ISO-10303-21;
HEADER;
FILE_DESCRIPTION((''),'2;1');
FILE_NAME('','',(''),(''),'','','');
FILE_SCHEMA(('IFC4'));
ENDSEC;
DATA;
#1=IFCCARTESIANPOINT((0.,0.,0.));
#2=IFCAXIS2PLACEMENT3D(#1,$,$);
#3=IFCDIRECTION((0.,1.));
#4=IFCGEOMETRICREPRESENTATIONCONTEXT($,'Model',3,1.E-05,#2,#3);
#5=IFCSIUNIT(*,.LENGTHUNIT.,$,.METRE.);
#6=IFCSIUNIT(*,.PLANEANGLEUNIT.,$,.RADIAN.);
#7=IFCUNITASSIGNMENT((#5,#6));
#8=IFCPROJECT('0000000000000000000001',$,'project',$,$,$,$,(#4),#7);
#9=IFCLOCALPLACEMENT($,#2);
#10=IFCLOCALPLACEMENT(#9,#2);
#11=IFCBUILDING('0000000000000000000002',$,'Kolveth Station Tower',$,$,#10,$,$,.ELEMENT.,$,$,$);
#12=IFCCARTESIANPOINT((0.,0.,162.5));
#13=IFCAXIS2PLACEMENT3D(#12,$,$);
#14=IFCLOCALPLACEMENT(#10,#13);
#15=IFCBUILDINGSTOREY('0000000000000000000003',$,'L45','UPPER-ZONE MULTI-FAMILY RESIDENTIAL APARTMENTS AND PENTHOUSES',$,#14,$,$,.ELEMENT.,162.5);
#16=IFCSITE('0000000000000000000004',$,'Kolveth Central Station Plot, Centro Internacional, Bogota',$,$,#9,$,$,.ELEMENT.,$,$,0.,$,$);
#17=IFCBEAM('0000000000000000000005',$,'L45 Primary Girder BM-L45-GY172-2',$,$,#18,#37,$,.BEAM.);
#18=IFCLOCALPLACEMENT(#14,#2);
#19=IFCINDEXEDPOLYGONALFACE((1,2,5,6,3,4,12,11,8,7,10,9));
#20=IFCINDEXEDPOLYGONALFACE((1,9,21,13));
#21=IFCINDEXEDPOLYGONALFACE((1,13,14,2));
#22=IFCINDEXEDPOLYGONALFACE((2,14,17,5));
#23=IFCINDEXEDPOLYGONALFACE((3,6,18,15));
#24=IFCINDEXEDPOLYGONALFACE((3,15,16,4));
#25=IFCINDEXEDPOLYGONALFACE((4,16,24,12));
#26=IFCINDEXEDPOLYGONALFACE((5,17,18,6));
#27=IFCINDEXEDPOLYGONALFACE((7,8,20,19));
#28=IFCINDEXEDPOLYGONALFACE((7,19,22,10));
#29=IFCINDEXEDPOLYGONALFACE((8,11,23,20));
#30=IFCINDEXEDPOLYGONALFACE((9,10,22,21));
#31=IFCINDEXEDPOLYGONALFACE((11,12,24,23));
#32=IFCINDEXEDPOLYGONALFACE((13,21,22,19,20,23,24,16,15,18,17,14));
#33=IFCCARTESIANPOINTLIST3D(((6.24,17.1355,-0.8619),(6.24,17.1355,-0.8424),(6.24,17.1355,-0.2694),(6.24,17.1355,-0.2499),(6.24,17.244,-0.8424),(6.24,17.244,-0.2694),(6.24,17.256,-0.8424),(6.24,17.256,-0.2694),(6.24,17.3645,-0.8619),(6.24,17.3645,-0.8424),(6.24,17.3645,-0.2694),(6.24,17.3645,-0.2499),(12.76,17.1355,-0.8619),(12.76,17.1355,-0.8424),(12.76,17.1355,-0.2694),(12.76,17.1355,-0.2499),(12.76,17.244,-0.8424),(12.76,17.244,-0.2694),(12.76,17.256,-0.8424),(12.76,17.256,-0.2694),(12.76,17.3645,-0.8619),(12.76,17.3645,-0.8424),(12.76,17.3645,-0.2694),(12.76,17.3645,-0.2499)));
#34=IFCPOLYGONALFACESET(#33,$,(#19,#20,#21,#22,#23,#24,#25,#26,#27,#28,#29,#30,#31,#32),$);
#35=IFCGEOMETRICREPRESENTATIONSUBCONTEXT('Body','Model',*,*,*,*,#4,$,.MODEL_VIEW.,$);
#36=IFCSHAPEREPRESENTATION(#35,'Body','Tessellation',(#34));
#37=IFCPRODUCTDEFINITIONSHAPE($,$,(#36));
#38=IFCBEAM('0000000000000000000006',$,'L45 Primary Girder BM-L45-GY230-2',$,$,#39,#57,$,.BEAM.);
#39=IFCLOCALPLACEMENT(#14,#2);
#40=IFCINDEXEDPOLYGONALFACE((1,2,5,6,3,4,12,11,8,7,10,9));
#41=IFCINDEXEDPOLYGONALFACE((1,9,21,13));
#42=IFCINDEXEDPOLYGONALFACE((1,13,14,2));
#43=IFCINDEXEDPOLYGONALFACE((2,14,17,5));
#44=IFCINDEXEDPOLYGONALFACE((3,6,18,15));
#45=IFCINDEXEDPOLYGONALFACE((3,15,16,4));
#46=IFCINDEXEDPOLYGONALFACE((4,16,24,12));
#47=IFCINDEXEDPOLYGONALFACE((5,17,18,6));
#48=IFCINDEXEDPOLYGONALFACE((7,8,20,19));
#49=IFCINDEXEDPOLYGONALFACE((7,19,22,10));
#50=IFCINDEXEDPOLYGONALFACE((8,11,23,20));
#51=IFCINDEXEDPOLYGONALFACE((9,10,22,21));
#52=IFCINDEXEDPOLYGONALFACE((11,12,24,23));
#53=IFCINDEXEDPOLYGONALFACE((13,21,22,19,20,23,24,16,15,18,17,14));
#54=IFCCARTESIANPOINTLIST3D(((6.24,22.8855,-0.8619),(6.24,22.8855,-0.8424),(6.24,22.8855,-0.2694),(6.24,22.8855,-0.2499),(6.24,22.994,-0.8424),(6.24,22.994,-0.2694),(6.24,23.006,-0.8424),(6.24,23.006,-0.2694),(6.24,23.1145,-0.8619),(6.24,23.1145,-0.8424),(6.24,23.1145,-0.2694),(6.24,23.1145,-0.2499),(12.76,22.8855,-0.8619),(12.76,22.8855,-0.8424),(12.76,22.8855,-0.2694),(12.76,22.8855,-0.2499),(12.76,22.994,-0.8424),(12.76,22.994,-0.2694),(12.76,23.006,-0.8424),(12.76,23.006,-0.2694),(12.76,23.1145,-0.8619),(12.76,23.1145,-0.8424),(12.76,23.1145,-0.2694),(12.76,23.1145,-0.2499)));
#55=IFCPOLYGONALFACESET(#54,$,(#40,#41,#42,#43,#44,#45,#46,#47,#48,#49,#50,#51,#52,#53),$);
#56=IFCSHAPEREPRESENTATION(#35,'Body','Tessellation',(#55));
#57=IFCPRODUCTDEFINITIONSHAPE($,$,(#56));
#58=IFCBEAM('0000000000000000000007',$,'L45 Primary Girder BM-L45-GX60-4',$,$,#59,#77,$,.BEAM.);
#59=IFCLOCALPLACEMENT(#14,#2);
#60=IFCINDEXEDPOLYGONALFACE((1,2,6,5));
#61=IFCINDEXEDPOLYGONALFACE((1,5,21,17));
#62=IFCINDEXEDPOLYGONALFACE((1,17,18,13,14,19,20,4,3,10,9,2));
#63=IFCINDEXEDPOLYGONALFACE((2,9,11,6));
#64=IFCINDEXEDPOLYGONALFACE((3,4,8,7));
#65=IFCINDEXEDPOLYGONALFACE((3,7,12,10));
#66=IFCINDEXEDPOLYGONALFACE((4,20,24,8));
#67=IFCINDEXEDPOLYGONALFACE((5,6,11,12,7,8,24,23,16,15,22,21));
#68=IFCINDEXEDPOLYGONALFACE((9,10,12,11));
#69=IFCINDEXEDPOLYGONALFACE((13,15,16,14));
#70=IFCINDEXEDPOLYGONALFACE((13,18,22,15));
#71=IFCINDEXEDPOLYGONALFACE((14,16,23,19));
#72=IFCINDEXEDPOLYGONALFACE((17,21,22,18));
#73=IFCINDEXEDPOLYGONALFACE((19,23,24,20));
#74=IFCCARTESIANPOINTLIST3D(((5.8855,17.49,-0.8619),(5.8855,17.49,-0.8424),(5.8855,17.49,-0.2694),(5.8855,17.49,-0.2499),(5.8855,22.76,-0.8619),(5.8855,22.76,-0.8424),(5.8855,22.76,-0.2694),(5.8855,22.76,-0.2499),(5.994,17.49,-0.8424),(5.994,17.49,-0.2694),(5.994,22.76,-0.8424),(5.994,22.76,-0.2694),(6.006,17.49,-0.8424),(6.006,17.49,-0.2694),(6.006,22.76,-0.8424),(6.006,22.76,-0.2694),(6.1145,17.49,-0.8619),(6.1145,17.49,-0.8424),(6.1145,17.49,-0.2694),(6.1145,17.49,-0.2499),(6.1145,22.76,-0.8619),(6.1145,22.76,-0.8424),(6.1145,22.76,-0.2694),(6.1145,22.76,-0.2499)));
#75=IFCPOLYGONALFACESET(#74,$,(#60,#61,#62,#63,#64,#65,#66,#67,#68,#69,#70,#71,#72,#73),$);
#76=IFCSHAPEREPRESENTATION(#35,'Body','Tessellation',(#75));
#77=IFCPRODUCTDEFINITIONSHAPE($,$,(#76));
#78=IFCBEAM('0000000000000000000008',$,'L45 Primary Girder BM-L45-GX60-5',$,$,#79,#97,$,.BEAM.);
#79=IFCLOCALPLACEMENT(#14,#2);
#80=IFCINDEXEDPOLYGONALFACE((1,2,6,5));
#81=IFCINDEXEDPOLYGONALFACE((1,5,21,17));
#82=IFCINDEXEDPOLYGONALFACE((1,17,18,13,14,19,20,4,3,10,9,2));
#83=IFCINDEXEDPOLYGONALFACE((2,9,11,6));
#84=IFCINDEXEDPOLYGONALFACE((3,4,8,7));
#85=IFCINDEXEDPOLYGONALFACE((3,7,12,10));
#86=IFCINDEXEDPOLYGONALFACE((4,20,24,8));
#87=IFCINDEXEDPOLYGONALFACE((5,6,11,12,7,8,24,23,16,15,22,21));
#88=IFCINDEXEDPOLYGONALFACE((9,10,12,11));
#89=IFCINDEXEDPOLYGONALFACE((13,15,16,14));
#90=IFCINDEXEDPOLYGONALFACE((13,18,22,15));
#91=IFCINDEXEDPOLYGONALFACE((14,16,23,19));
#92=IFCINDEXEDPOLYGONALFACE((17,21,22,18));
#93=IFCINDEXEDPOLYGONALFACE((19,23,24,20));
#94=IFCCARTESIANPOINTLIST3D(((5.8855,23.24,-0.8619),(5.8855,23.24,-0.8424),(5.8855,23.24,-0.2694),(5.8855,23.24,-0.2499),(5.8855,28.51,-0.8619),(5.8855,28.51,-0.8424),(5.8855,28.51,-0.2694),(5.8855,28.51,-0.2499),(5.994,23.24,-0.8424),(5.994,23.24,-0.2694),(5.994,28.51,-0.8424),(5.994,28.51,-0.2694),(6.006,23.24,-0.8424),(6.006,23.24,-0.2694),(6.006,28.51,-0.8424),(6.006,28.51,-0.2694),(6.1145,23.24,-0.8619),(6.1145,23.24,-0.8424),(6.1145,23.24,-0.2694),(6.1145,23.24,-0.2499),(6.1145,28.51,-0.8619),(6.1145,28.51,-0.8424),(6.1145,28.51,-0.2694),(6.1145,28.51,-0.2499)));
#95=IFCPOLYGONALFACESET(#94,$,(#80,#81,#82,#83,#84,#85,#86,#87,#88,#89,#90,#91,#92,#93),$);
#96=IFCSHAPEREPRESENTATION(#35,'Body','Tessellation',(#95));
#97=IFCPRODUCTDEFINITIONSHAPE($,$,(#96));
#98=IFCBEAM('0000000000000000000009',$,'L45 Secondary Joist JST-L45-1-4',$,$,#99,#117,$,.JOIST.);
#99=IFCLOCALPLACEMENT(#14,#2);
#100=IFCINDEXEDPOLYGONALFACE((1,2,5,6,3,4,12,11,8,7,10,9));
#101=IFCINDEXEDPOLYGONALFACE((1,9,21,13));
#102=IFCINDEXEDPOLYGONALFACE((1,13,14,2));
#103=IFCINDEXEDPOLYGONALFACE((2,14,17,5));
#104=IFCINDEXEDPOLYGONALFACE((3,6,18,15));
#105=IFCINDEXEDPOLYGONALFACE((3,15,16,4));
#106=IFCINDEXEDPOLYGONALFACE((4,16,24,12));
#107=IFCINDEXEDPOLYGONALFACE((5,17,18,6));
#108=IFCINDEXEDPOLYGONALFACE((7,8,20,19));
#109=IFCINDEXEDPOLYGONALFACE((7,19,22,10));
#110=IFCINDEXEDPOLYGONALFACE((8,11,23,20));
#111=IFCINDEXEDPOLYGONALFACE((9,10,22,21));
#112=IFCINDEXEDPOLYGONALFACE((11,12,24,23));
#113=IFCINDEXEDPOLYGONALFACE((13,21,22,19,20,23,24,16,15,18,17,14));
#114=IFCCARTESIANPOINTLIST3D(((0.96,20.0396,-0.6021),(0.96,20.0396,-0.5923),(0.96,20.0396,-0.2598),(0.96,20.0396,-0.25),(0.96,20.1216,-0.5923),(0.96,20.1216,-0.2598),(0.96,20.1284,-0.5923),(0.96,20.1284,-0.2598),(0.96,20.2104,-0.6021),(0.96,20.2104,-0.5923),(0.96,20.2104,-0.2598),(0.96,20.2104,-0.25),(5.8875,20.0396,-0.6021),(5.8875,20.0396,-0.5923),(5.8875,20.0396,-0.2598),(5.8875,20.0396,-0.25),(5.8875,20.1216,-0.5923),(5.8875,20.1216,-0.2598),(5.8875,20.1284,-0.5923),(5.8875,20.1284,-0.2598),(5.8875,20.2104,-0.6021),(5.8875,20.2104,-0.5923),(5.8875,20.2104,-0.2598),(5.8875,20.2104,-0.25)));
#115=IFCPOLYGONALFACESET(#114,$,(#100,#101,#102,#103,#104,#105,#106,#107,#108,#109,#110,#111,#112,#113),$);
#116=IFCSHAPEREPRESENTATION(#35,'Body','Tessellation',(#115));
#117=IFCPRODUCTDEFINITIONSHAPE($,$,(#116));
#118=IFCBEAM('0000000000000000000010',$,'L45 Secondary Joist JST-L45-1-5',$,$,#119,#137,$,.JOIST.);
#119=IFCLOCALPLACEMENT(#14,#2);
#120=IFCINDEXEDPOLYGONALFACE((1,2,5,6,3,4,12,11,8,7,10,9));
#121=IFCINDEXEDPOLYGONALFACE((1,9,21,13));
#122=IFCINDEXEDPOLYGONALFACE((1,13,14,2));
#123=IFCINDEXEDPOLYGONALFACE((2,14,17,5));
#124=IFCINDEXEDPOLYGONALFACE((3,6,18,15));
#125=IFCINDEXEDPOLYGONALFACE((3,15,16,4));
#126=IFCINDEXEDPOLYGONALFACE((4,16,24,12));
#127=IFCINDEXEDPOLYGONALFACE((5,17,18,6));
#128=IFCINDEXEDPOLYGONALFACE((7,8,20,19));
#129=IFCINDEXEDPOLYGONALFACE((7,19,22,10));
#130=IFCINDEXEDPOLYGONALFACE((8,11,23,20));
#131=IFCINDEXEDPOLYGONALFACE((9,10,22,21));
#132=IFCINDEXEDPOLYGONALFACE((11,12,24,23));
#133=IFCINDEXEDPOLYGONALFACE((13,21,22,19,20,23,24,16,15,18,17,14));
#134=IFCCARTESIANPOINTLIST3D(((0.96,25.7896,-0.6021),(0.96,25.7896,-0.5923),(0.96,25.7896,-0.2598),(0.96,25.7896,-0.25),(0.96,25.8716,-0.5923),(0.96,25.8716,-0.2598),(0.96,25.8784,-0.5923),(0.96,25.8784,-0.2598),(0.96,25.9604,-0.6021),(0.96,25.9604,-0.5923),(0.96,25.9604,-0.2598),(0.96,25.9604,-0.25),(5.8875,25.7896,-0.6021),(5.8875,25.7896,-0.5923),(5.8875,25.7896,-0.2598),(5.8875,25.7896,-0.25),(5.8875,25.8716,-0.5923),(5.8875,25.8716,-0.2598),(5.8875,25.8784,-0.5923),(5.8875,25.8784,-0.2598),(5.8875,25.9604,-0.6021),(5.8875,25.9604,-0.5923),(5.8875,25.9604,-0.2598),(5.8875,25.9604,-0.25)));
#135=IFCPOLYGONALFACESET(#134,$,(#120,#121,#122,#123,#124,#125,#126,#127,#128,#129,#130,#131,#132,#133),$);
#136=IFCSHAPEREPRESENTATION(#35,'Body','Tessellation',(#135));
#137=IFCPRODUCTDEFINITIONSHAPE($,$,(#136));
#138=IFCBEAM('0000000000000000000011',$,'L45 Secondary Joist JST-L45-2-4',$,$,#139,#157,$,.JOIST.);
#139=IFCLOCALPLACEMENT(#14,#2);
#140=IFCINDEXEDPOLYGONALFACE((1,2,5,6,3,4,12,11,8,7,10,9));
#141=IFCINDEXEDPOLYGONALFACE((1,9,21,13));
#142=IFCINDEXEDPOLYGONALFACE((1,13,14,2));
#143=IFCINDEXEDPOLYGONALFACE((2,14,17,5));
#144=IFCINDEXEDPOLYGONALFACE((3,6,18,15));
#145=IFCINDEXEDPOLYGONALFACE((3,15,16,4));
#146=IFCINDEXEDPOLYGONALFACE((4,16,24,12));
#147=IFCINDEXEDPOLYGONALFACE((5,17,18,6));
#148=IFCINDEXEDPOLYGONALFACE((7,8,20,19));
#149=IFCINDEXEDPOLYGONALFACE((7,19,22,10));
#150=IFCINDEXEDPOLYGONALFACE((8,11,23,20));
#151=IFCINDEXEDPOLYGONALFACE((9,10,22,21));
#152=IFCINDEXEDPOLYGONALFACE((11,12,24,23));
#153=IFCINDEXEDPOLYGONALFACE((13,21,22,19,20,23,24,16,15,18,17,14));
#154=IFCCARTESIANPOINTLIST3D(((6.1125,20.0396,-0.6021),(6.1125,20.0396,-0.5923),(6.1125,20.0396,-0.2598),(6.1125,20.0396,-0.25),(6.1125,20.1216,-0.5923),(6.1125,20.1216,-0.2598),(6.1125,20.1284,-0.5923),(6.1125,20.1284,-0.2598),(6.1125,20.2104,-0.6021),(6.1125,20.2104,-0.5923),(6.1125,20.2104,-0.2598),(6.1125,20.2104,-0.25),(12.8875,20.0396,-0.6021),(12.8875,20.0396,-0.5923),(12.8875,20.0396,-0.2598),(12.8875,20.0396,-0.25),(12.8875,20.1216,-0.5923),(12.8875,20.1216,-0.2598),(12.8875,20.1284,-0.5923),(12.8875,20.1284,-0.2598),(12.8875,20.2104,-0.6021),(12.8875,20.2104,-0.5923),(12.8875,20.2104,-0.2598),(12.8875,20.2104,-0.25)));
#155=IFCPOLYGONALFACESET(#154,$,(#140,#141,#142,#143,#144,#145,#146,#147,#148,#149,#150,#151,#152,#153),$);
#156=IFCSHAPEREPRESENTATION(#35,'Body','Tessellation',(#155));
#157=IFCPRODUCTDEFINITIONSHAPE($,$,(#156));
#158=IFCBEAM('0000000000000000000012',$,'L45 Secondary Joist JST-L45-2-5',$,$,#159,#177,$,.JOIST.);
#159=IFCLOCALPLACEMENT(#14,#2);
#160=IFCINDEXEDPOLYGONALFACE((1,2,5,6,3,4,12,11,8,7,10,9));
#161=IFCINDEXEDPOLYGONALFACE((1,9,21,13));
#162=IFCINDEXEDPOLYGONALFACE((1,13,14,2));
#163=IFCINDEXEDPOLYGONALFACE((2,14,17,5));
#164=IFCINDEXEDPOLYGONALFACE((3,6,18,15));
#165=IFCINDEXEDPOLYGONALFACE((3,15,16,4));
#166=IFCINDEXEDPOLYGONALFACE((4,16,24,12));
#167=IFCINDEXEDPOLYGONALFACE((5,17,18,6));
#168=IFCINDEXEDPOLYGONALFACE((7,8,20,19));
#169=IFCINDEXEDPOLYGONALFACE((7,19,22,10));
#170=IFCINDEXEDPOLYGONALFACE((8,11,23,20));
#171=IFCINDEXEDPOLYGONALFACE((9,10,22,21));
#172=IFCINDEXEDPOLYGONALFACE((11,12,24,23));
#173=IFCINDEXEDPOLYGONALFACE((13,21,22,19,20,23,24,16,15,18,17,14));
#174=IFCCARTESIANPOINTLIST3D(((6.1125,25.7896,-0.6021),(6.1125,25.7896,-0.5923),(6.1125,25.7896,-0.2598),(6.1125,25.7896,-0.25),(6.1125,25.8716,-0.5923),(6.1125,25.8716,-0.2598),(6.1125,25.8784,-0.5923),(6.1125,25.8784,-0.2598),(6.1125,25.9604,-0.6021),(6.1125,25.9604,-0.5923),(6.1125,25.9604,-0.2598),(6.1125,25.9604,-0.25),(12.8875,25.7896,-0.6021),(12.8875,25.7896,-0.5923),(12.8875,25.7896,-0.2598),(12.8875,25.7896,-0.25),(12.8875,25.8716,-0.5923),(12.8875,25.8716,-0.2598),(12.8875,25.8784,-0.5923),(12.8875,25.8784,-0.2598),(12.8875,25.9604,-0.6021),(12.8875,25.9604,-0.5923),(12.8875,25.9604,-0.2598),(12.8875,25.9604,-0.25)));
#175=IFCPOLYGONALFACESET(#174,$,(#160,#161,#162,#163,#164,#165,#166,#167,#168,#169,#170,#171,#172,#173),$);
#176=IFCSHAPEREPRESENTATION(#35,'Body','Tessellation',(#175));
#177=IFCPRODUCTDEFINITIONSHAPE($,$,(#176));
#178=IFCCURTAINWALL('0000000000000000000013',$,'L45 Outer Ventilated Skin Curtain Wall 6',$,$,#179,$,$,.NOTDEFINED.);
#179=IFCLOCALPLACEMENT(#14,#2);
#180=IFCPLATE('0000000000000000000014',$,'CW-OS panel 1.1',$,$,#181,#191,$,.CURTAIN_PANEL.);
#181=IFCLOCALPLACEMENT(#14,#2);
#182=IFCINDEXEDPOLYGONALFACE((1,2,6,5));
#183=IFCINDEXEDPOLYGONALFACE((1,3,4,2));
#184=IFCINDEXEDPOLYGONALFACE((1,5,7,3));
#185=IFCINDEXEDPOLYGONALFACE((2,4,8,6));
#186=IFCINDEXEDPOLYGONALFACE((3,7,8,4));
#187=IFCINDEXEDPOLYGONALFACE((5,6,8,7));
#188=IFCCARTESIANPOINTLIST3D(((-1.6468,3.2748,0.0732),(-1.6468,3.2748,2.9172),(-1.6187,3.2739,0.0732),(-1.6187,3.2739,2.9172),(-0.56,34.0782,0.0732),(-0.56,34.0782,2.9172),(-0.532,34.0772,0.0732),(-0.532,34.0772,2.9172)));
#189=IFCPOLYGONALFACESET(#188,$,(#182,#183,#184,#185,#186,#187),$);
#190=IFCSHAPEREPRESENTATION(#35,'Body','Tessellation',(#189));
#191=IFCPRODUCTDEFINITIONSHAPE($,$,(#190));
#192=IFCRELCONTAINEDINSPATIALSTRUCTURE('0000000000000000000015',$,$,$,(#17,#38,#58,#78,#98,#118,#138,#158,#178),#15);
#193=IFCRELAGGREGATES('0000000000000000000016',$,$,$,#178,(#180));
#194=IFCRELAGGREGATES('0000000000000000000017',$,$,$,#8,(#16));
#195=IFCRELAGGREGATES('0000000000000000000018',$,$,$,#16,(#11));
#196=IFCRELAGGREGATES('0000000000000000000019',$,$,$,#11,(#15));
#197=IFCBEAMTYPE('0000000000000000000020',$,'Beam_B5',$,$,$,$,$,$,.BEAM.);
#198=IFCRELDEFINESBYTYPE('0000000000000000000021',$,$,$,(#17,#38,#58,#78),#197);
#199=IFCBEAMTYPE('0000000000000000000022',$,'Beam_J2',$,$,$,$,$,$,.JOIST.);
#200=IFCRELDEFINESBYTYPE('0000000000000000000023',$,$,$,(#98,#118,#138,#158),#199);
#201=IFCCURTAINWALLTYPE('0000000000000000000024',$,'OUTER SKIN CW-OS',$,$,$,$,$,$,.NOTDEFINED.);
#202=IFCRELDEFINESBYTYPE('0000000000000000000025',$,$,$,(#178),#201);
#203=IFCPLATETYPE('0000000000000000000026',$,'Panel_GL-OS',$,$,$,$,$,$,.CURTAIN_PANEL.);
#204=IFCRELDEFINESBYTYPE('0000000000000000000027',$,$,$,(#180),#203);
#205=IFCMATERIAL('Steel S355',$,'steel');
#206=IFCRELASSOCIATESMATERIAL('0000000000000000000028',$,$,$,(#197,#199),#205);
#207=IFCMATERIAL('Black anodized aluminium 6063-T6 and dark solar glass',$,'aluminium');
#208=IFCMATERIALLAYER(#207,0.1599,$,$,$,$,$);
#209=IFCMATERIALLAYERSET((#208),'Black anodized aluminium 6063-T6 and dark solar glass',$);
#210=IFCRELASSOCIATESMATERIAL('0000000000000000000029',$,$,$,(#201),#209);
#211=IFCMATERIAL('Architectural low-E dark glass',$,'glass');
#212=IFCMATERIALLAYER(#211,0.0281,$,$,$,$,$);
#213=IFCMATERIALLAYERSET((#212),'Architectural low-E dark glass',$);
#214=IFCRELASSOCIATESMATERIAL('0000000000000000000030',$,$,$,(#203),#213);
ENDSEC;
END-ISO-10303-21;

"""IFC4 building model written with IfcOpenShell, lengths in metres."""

from ifc_helpers import new_model, si_unit, direction, frame, origin, origin_2d, place, context, subcontext, project, spatial, rectangle, i_section, extrude, source, transform, mapped, material, layer, layer_set, material_profile, profile_set, type_object, element, aggregate, save


model = new_model("IFC4")

# Units and contexts
model_context = context("Model", 3, precision=1e-05, world=origin(), true_north=direction((0.0, 1.0)))
body_context = subcontext(model_context, "Body", "Model", "MODEL_VIEW")
ifc_project = project(units=[si_unit("LENGTHUNIT", "METRE"), si_unit("PLANEANGLEUNIT", "RADIAN")], contexts=[model_context])

# Site, building, storey
site_placement = place(None, origin())
site = spatial("IfcSite", under=ifc_project, at=site_placement, Name="Kolveth Central Station Plot, Centro Internacional, Bogota", CompositionType="ELEMENT", RefElevation=0.0)
building_placement = place(site_placement, origin())
building = spatial("IfcBuilding", under=site, at=building_placement, Name="Kolveth Station Tower", CompositionType="ELEMENT")
storey_placement = place(building_placement, frame((0.0, 0.0, 162.5)))
storey = spatial("IfcBuildingStorey", under=building, at=storey_placement, Name="L45", Description="UPPER-ZONE MULTI-FAMILY RESIDENTIAL APARTMENTS AND PENTHOUSES", CompositionType="ELEMENT", Elevation=162.5)

# Shared definitions
ifc_material_1 = material(Name="Steel S355", Category="steel")

# Beams
ifc_material_profile_1 = material_profile(ifc_material_1, i_section(OverallWidth=0.229, OverallDepth=0.6121, WebThickness=0.012, FlangeThickness=0.0195, at=origin_2d()), Name="W610x125")
ifc_profile_set_1 = profile_set([ifc_material_profile_1], Name="Steel S355")
beam_type_1 = type_object("IfcBeamType", Name="Beam_B5", PredefinedType="BEAM", material=ifc_profile_set_1)
shared_shape_1 = source(origin(), body_context, "Body", "SweptSolid", [
    extrude(i_section(OverallWidth=0.229, OverallDepth=0.6121, WebThickness=0.012, FlangeThickness=0.0195, at=origin_2d()), origin(), (0.0, 0.0, 1.0), 6.52),
])
for number, where, z_axis, x_axis, name in (
    (1, (6.24, 17.25, -0.5559), (1.0, 0.0, 0.0), (0.0, 1.0, 0.0), "L45 Primary Girder BM-L45-GY172-2"),
    (2, (6.24, 23.0, -0.5559), (1.0, 0.0, 0.0), (0.0, 1.0, 0.0), "L45 Primary Girder BM-L45-GY230-2"),
):
    element("IfcBeam", number, at=place(storey_placement, frame(where, z_axis=z_axis, x_axis=x_axis)), inside=storey, type_object=beam_type_1, Name=name, PredefinedType="BEAM", context=body_context, shape_type="MappedRepresentation", body=[
        mapped(shared_shape_1, transform((0.0, 0.0, 0.0), x_axis=(1.0, 0.0, 0.0), y_axis=(0.0, 1.0, 0.0), z_axis=(0.0, 0.0, 1.0), scale=1.0)),
    ])
shared_shape_2 = source(origin(), body_context, "Body", "SweptSolid", [
    extrude(i_section(OverallWidth=0.229, OverallDepth=0.6121, WebThickness=0.012, FlangeThickness=0.0195, at=origin_2d()), origin(), (0.0, 0.0, 1.0), 5.27),
])
for number, where, z_axis, x_axis, name in (
    (3, (6.0, 17.49, -0.5559), (0.0, 1.0, 0.0), (-1.0, 0.0, 0.0), "L45 Primary Girder BM-L45-GX60-4"),
    (4, (6.0, 23.24, -0.5559), (0.0, 1.0, 0.0), (-1.0, 0.0, 0.0), "L45 Primary Girder BM-L45-GX60-5"),
):
    element("IfcBeam", number, at=place(storey_placement, frame(where, z_axis=z_axis, x_axis=x_axis)), inside=storey, type_object=beam_type_1, Name=name, PredefinedType="BEAM", context=body_context, shape_type="MappedRepresentation", body=[
        mapped(shared_shape_2, transform((0.0, 0.0, 0.0), x_axis=(1.0, 0.0, 0.0), y_axis=(0.0, 1.0, 0.0), z_axis=(0.0, 0.0, 1.0), scale=1.0)),
    ])
ifc_material_profile_2 = material_profile(ifc_material_1, i_section(OverallWidth=0.1709, OverallDepth=0.3521, WebThickness=0.0068, FlangeThickness=0.0098, at=origin_2d()), Name="W360x44")
ifc_profile_set_2 = profile_set([ifc_material_profile_2], Name="Steel S355")
beam_type_2 = type_object("IfcBeamType", Name="Beam_J2", PredefinedType="JOIST", material=ifc_profile_set_2)
shared_shape_3 = source(origin(), body_context, "Body", "SweptSolid", [
    extrude(i_section(OverallWidth=0.1709, OverallDepth=0.3521, WebThickness=0.0068, FlangeThickness=0.0098, at=origin_2d()), origin(), (0.0, 0.0, 1.0), 4.9275),
])
for number, where, z_axis, x_axis, name in (
    (5, (0.96, 20.125, -0.426), (1.0, 0.0, 0.0), (0.0, 1.0, 0.0), "L45 Secondary Joist JST-L45-1-4"),
    (6, (0.96, 25.875, -0.426), (1.0, 0.0, 0.0), (0.0, 1.0, 0.0), "L45 Secondary Joist JST-L45-1-5"),
):
    element("IfcBeam", number, at=place(storey_placement, frame(where, z_axis=z_axis, x_axis=x_axis)), inside=storey, type_object=beam_type_2, Name=name, PredefinedType="JOIST", context=body_context, shape_type="MappedRepresentation", body=[
        mapped(shared_shape_3, transform((0.0, 0.0, 0.0), x_axis=(1.0, 0.0, 0.0), y_axis=(0.0, 1.0, 0.0), z_axis=(0.0, 0.0, 1.0), scale=1.0)),
    ])
shared_shape_4 = source(origin(), body_context, "Body", "SweptSolid", [
    extrude(i_section(OverallWidth=0.1709, OverallDepth=0.3521, WebThickness=0.0068, FlangeThickness=0.0098, at=origin_2d()), origin(), (0.0, 0.0, 1.0), 6.7749),
])
for number, where, z_axis, x_axis, name in (
    (7, (6.1125, 20.125, -0.426), (1.0, 0.0, 0.0), (0.0, 1.0, 0.0), "L45 Secondary Joist JST-L45-2-4"),
    (8, (6.1125, 25.875, -0.426), (1.0, 0.0, 0.0), (0.0, 1.0, 0.0), "L45 Secondary Joist JST-L45-2-5"),
):
    element("IfcBeam", number, at=place(storey_placement, frame(where, z_axis=z_axis, x_axis=x_axis)), inside=storey, type_object=beam_type_2, Name=name, PredefinedType="JOIST", context=body_context, shape_type="MappedRepresentation", body=[
        mapped(shared_shape_4, transform((0.0, 0.0, 0.0), x_axis=(1.0, 0.0, 0.0), y_axis=(0.0, 1.0, 0.0), z_axis=(0.0, 0.0, 1.0), scale=1.0)),
    ])

# Curtain wall, plate
ifc_material_2 = material(Name="Black anodized aluminium 6063-T6 and dark solar glass", Category="aluminium")
ifc_layer_1 = layer(ifc_material_2, 0.1599)
ifc_layer_set_1 = layer_set([ifc_layer_1], Name="Black anodized aluminium 6063-T6 and dark solar glass")
curtain_wall_type_1 = type_object("IfcCurtainWallType", Name="OUTER SKIN CW-OS", PredefinedType="NOTDEFINED", material=ifc_layer_set_1)
curtain_wall_1_placement = place(storey_placement, origin())
curtain_wall_1 = element("IfcCurtainWall", 9, at=curtain_wall_1_placement, inside=storey, type_object=curtain_wall_type_1, Name="L45 Outer Ventilated Skin Curtain Wall 6", PredefinedType="NOTDEFINED")
ifc_material_3 = material(Name="Architectural low-E dark glass", Category="glass")
ifc_layer_2 = layer(ifc_material_3, 0.0281)
ifc_layer_set_2 = layer_set([ifc_layer_2], Name="Architectural low-E dark glass")
plate_type_1 = type_object("IfcPlateType", Name="Panel_GL-OS", PredefinedType="CURTAIN_PANEL", material=ifc_layer_set_2)
shared_shape_5 = source(origin(), body_context, "Body", "SweptSolid", [
    extrude(rectangle(XDim=30.8225, YDim=0.0281, at=origin_2d()), origin(), (0.0, 0.0, 1.0), 2.844),
])
plate_1_placement = place(storey_placement, frame((-1.0894, 18.676, 0.0732), z_axis=(0.0, 0.0, 1.0), x_axis=(-0.035258, -0.999378, 0.0)))
plate_1 = element("IfcPlate", 10, at=plate_1_placement, type_object=plate_type_1, Name="CW-OS panel 1.1", PredefinedType="CURTAIN_PANEL", context=body_context, shape_type="MappedRepresentation", body=[
    mapped(shared_shape_5, transform((0.0, 0.0, 0.0), x_axis=(1.0, 0.0, 0.0), y_axis=(0.0, 1.0, 0.0), z_axis=(0.0, 0.0, 1.0), scale=1.0)),
])
aggregate(curtain_wall_1, [plate_1])

save(model, "model.ifc")
